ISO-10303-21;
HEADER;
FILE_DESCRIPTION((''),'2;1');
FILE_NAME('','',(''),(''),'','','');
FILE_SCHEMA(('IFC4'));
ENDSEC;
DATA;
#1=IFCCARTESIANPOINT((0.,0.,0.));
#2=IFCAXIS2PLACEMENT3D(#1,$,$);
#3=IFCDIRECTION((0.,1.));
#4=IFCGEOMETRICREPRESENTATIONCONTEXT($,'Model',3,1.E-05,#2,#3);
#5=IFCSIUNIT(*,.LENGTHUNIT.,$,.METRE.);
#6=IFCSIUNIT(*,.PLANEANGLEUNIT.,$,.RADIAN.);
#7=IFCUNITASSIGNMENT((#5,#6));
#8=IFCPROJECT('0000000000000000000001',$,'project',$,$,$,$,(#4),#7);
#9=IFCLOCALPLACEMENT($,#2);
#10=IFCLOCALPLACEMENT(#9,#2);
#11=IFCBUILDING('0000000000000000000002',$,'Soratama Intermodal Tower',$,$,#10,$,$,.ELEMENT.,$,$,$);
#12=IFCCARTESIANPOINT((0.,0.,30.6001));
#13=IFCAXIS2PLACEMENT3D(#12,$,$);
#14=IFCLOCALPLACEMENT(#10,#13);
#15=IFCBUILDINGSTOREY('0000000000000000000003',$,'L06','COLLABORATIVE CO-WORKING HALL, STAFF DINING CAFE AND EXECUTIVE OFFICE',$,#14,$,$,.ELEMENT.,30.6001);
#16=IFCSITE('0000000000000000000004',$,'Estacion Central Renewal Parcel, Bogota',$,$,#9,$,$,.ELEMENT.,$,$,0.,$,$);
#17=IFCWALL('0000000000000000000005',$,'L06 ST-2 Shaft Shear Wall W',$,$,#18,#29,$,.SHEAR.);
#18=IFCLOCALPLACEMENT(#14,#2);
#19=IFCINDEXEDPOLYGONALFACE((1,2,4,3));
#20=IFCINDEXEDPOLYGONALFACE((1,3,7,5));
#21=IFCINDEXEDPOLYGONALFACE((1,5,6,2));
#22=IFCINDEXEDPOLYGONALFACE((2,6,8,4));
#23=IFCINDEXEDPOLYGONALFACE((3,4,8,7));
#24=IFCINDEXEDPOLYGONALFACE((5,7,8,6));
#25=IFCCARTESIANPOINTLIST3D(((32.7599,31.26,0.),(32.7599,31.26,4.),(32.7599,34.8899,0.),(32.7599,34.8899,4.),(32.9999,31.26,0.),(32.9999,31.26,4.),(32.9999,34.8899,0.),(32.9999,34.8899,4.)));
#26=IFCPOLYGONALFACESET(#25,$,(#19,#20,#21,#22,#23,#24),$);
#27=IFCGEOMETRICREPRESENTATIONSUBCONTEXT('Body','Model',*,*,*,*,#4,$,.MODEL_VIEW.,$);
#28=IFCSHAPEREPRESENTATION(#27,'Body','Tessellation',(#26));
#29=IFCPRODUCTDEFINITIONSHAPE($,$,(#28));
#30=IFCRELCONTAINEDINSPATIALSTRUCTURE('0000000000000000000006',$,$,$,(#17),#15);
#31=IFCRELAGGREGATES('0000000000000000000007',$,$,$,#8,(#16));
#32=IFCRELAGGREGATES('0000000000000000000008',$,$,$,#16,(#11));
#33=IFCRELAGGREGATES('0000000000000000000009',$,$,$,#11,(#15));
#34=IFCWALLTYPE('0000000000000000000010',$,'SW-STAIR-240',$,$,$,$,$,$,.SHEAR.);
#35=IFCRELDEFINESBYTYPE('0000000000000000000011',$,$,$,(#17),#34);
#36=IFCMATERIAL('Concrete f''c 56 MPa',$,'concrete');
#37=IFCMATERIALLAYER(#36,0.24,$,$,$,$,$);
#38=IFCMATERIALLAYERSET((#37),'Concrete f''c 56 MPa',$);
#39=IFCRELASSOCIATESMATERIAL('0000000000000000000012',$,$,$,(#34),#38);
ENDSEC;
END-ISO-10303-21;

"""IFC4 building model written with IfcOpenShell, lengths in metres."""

from ifc_helpers import new_model, si_unit, direction, frame, frame_2d, origin, place, context, subcontext, project, spatial, rectangle, extrude, material, layer, layer_set, type_object, element, save


model = new_model("IFC4")

# Units and contexts
model_context = context("Model", 3, precision=1e-05, world=origin(), true_north=direction((0.0, 1.0)))
body_context = subcontext(model_context, "Body", "Model", "MODEL_VIEW")
ifc_project = project(units=[si_unit("LENGTHUNIT", "METRE"), si_unit("PLANEANGLEUNIT", "RADIAN")], contexts=[model_context])

# Site, building, storey
site_placement = place(None, origin())
site = spatial("IfcSite", under=ifc_project, at=site_placement, Name="Estacion Central Renewal Parcel, Bogota", CompositionType="ELEMENT", RefElevation=0.0)
building_placement = place(site_placement, origin())
building = spatial("IfcBuilding", under=site, at=building_placement, Name="Soratama Intermodal Tower", CompositionType="ELEMENT")
storey_placement = place(building_placement, frame((0.0, 0.0, 30.6001)))
storey = spatial("IfcBuildingStorey", under=building, at=storey_placement, Name="L06", Description="COLLABORATIVE CO-WORKING HALL, STAFF DINING CAFE AND EXECUTIVE OFFICE", CompositionType="ELEMENT", Elevation=30.6001)

# Wall
ifc_material_1 = material(Name="Concrete f'c 56 MPa", Category="concrete")
ifc_layer_1 = layer(ifc_material_1, 0.24)
ifc_layer_set_1 = layer_set([ifc_layer_1], Name="Concrete f'c 56 MPa")
wall_type_1 = type_object("IfcWallType", Name="SW-STAIR-240", PredefinedType="SHEAR", material=ifc_layer_set_1)
wall_1_placement = place(storey_placement, frame((32.8799, 31.26, 0.0), z_axis=(0.0, 0.0, 1.0), x_axis=(0.0, 1.0, 0.0)))
element("IfcWall", 1, at=wall_1_placement, inside=storey, type_object=wall_type_1, Name="L06 ST-2 Shaft Shear Wall W", PredefinedType="SHEAR", context=body_context, shape_type="SweptSolid", body=[
    extrude(rectangle(XDim=3.6299, YDim=0.24, at=frame_2d((1.8149, 0.0))), origin(), (0.0, 0.0, 1.0), 4.0),
])

save(model, "model.ifc")
